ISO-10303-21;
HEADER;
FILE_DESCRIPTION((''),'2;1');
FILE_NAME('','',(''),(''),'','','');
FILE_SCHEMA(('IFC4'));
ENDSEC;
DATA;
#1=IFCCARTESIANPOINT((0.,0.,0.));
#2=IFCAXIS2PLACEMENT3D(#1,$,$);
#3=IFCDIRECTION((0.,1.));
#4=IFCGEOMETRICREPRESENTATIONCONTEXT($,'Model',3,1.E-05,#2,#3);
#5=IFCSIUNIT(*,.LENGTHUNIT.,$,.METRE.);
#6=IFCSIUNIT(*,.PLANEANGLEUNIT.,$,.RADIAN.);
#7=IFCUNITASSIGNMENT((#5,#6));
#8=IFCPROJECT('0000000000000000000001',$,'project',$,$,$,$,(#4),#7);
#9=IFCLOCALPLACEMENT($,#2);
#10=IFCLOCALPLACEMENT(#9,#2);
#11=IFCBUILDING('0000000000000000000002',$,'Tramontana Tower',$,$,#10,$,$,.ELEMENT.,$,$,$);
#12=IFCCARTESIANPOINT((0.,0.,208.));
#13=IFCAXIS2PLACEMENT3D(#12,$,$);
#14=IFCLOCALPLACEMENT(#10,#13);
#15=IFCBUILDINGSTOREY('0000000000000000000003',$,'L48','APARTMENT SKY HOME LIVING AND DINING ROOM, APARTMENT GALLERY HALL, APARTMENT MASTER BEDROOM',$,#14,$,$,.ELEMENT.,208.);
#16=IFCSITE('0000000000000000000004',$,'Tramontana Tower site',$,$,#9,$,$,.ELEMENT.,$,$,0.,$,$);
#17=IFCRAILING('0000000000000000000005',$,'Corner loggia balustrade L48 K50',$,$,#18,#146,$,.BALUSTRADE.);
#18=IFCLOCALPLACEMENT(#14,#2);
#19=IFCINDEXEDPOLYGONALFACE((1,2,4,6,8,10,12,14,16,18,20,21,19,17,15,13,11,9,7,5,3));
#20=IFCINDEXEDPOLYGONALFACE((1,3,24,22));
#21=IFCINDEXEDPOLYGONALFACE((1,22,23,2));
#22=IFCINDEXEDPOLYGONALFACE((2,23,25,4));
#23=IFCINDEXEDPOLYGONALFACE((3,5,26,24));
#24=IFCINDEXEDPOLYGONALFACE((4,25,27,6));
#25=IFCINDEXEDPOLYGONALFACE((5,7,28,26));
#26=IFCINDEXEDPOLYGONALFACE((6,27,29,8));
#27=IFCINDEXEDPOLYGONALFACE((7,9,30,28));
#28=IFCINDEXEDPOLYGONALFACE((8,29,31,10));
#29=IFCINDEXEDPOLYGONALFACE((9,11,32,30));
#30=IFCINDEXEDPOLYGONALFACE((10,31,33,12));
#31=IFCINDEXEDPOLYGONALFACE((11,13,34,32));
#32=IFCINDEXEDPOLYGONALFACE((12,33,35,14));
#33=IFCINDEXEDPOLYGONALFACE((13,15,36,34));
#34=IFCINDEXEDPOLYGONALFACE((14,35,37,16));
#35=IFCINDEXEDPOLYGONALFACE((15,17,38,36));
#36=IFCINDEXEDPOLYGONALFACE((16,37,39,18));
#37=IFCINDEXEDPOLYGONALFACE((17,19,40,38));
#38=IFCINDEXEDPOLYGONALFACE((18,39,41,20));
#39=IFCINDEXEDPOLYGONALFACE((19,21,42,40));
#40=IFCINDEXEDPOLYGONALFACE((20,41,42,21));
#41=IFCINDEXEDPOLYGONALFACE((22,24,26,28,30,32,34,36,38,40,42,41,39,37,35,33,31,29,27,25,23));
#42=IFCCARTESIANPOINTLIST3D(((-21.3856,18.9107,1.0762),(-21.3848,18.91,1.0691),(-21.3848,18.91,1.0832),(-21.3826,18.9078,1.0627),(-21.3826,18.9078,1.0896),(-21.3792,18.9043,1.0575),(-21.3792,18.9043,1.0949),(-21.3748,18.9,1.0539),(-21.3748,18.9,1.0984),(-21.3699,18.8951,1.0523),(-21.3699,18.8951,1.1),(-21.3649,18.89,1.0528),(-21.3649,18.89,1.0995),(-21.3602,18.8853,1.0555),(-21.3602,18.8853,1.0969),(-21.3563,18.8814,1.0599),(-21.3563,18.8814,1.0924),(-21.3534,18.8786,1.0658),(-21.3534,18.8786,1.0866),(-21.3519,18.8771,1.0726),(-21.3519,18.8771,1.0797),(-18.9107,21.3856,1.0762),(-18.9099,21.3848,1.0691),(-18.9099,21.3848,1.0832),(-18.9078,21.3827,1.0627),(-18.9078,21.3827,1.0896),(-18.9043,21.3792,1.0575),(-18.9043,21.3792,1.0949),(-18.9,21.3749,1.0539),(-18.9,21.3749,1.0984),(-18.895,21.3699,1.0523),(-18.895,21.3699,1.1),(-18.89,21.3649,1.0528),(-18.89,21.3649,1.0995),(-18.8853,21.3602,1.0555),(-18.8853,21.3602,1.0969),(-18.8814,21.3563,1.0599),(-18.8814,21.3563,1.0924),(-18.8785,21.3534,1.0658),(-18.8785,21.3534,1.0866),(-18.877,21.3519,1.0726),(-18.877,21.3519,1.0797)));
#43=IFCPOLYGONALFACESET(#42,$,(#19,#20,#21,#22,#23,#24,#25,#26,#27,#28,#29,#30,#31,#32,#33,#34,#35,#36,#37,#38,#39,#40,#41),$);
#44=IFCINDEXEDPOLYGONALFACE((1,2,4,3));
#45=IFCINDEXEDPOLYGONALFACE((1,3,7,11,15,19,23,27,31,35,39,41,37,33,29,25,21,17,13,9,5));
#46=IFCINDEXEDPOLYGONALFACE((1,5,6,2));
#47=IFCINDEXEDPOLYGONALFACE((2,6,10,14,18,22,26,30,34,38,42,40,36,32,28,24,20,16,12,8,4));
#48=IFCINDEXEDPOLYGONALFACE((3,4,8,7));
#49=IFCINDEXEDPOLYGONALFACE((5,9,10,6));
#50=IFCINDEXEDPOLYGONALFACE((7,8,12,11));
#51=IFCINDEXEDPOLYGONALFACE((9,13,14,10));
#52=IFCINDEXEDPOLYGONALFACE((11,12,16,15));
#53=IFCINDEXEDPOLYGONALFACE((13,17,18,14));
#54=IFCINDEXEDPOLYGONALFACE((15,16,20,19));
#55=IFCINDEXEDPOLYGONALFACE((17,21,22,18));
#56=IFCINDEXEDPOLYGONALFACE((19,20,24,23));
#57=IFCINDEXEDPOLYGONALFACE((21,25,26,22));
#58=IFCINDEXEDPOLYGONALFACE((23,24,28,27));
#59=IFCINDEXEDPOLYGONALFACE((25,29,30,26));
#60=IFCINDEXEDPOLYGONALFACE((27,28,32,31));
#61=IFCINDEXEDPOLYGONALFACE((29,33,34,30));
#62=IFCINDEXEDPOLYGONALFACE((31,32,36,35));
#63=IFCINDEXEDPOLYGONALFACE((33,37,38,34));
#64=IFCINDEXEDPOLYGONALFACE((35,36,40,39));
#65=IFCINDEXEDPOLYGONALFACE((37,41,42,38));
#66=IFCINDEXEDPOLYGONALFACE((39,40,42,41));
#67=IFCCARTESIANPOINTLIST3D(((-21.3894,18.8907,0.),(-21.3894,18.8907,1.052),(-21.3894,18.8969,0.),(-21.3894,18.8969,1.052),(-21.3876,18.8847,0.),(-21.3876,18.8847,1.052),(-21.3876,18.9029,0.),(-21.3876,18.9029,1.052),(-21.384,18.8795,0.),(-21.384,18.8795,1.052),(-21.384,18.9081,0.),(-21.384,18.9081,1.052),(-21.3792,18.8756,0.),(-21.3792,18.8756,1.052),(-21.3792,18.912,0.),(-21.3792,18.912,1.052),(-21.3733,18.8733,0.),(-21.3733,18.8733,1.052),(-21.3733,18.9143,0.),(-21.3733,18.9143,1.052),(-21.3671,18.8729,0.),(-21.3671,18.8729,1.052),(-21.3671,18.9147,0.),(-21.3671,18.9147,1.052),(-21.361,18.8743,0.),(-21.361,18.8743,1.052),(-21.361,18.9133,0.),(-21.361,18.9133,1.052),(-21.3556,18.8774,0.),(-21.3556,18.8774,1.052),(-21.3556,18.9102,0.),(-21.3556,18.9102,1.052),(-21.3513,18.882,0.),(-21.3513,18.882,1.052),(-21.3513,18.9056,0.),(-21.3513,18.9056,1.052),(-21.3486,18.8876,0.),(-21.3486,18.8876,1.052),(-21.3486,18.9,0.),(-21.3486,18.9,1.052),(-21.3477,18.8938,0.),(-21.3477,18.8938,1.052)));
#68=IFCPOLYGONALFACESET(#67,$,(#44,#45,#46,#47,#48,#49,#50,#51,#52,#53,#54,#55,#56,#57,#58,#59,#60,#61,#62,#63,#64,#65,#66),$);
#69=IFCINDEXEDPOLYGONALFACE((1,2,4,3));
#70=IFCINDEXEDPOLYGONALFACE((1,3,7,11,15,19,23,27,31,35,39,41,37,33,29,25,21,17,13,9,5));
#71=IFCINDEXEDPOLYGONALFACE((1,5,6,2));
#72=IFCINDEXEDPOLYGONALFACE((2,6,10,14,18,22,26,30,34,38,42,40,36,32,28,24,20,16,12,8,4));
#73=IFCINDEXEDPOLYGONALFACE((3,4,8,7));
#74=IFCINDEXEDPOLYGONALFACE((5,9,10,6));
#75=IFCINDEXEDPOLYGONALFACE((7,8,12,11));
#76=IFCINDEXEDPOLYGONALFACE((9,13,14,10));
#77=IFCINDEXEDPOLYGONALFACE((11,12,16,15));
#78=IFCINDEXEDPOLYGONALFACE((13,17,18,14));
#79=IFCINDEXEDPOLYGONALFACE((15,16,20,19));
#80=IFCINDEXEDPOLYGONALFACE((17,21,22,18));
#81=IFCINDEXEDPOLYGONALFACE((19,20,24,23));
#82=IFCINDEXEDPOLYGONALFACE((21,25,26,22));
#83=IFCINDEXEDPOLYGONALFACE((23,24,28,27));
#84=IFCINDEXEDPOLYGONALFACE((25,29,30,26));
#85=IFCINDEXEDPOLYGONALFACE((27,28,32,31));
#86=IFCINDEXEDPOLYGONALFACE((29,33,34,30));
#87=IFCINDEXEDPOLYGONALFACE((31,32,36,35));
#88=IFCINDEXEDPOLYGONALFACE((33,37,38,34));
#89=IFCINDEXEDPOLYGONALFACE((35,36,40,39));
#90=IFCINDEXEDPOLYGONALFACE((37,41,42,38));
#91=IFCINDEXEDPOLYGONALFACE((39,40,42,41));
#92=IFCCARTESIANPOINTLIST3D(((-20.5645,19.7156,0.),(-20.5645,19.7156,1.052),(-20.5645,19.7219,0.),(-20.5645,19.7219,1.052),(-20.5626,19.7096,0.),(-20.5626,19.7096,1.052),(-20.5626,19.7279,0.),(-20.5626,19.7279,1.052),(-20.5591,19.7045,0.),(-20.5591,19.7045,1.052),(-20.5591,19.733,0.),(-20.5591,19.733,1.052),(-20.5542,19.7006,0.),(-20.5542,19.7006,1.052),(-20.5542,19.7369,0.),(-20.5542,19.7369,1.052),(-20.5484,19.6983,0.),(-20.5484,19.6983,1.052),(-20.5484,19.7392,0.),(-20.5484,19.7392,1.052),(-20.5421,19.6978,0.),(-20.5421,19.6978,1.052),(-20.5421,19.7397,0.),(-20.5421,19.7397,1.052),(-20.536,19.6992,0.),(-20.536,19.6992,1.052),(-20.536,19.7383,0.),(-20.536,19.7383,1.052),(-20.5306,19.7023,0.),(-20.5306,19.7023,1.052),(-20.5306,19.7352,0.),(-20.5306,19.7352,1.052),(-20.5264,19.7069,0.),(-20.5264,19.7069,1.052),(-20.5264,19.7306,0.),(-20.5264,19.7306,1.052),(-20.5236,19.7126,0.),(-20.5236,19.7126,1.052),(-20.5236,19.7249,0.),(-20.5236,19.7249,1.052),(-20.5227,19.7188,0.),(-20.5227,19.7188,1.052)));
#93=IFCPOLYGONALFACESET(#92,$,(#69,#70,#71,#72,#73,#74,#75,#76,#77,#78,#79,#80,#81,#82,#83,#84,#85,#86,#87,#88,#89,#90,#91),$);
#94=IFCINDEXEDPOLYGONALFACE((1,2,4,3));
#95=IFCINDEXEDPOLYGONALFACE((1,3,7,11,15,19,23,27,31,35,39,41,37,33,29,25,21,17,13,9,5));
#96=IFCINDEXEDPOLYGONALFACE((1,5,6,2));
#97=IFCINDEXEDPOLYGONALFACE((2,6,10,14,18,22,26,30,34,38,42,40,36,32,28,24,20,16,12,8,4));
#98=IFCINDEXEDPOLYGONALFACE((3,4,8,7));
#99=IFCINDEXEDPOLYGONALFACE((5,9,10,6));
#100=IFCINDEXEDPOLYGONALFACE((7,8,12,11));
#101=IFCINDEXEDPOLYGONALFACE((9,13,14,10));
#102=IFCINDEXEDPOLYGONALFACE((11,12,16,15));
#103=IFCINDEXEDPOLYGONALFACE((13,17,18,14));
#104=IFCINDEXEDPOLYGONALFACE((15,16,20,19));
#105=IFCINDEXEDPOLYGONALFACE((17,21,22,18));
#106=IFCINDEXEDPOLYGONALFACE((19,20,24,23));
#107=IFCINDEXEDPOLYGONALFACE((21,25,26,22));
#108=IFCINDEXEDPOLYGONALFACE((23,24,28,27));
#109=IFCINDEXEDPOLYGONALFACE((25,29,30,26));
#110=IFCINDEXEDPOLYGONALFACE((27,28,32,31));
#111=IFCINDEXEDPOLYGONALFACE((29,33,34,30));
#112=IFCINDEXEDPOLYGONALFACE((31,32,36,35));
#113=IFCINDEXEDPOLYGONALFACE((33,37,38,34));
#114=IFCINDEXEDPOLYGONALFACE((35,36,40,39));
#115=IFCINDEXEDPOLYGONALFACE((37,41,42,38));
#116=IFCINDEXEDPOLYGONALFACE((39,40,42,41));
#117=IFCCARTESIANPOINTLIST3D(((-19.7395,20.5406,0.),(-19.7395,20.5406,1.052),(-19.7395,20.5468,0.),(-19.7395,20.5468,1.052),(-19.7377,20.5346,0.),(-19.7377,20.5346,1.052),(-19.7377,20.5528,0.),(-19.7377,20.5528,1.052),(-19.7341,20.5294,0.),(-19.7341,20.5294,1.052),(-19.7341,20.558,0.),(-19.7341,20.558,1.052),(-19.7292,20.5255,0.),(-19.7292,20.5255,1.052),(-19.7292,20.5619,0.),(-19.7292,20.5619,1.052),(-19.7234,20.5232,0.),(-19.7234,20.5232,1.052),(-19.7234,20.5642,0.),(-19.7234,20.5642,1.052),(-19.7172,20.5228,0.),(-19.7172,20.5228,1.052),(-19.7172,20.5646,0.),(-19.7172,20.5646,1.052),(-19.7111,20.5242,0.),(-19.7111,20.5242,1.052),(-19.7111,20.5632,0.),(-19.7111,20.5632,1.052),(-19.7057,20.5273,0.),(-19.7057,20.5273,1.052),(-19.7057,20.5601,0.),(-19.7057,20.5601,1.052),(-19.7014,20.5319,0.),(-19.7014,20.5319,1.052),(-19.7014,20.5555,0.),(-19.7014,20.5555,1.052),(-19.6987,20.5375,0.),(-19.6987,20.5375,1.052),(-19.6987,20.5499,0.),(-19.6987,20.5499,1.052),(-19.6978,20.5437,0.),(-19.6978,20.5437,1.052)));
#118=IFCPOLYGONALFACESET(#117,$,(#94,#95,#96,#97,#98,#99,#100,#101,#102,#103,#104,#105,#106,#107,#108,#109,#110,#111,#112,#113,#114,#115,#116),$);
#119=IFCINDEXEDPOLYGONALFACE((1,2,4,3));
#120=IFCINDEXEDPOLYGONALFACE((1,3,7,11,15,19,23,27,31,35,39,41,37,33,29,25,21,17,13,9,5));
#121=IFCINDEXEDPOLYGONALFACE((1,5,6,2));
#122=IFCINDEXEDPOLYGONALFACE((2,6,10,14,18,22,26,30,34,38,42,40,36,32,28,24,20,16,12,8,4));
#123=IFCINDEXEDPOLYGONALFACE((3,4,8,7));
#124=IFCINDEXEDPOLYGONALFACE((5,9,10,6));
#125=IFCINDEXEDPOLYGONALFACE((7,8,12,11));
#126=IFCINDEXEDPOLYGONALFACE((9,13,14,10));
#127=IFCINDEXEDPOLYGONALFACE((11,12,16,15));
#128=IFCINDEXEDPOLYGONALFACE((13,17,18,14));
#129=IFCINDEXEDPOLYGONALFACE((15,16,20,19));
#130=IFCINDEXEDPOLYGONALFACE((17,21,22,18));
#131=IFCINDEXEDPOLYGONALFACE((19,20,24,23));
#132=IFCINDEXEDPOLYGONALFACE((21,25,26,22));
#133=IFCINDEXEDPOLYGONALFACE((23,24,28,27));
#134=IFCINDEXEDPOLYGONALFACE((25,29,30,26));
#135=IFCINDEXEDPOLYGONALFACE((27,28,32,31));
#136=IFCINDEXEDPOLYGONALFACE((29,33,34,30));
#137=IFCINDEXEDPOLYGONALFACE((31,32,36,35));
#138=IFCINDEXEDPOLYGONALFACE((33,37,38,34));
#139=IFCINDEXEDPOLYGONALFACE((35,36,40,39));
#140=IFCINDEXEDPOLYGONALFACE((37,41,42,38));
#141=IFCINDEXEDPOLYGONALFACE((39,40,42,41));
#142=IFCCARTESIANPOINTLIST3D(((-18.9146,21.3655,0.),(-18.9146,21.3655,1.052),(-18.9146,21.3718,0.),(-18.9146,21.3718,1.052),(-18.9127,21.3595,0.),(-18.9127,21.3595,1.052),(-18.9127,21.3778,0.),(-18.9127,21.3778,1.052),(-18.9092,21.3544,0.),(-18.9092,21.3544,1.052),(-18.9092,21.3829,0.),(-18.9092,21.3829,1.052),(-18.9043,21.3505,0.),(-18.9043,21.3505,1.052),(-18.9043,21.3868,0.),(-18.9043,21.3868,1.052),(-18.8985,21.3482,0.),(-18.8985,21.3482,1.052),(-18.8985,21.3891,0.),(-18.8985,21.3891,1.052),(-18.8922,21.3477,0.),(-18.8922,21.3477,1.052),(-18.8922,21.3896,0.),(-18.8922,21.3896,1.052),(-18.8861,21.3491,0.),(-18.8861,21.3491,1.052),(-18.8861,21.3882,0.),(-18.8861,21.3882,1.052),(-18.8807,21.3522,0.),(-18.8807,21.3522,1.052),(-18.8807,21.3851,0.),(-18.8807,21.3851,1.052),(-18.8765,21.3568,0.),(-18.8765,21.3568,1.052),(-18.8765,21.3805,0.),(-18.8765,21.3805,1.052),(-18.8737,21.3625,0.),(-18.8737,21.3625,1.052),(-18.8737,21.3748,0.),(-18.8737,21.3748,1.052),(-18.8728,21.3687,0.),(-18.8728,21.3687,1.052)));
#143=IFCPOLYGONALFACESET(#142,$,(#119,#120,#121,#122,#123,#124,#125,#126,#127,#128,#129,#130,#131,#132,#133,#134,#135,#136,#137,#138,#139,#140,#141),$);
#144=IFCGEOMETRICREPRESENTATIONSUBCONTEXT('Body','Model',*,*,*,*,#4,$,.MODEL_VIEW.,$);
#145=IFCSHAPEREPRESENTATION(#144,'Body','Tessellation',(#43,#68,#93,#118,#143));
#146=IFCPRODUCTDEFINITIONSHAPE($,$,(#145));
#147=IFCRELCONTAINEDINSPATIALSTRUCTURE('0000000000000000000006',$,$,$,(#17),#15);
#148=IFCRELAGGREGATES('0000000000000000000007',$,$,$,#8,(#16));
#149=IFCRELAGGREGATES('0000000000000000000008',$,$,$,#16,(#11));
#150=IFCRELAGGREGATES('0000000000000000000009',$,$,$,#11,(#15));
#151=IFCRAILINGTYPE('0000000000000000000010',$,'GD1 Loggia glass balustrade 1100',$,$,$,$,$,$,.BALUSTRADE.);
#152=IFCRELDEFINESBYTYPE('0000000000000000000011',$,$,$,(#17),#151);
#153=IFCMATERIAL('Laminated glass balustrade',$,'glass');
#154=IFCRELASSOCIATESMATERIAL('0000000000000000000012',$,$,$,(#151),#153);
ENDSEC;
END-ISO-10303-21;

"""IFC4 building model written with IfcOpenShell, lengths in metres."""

from ifc_helpers import new_model, si_unit, direction, frame, origin, origin_2d, place, context, subcontext, project, spatial, circle, extrude, material, type_object, element, save


model = new_model("IFC4")

# Units and contexts
model_context = context("Model", 3, precision=1e-05, world=origin(), true_north=direction((0.0, 1.0)))
body_context = subcontext(model_context, "Body", "Model", "MODEL_VIEW")
ifc_project = project(units=[si_unit("LENGTHUNIT", "METRE"), si_unit("PLANEANGLEUNIT", "RADIAN")], contexts=[model_context])

# Site, building, storey
site_placement = place(None, origin())
site = spatial("IfcSite", under=ifc_project, at=site_placement, Name="Tramontana Tower site", CompositionType="ELEMENT", RefElevation=0.0)
building_placement = place(site_placement, origin())
building = spatial("IfcBuilding", under=site, at=building_placement, Name="Tramontana Tower", CompositionType="ELEMENT")
storey_placement = place(building_placement, frame((0.0, 0.0, 208.0)))
storey = spatial("IfcBuildingStorey", under=building, at=storey_placement, Name="L48", Description="APARTMENT SKY HOME LIVING AND DINING ROOM, APARTMENT GALLERY HALL, APARTMENT MASTER BEDROOM", CompositionType="ELEMENT", Elevation=208.0)

# Railing
ifc_material_1 = material(Name="Laminated glass balustrade", Category="glass")
railing_type = type_object("IfcRailingType", Name="GD1 Loggia glass balustrade 1100", PredefinedType="BALUSTRADE", material=ifc_material_1)
railing_placement = place(storey_placement, frame((-21.3687, 18.8938, 0.0)))
element("IfcRailing", 1, at=railing_placement, inside=storey, type_object=railing_type, Name="Corner loggia balustrade L48 K50", PredefinedType="BALUSTRADE", context=body_context, shape_type="SweptSolid", body=[
    extrude(circle(Radius=0.0239, at=origin_2d()), frame((0.0, 0.0, 1.0762), z_axis=(0.707107, 0.707107, 0.0), x_axis=(-0.707107, 0.707107, 0.0)), (0.0, 0.0, 1.0), 3.5),
    extrude(circle(Radius=0.021, at=origin_2d()), origin(), (0.0, 0.0, 1.0), 1.052),
    extrude(circle(Radius=0.021, at=origin_2d()), frame((0.825, 0.825, 0.0)), (0.0, 0.0, 1.0), 1.052),
    extrude(circle(Radius=0.021, at=origin_2d()), frame((1.6499, 1.6499, 0.0)), (0.0, 0.0, 1.0), 1.052),
    extrude(circle(Radius=0.021, at=origin_2d()), frame((2.4749, 2.4749, 0.0)), (0.0, 0.0, 1.0), 1.052),
])

save(model, "model.ifc")
